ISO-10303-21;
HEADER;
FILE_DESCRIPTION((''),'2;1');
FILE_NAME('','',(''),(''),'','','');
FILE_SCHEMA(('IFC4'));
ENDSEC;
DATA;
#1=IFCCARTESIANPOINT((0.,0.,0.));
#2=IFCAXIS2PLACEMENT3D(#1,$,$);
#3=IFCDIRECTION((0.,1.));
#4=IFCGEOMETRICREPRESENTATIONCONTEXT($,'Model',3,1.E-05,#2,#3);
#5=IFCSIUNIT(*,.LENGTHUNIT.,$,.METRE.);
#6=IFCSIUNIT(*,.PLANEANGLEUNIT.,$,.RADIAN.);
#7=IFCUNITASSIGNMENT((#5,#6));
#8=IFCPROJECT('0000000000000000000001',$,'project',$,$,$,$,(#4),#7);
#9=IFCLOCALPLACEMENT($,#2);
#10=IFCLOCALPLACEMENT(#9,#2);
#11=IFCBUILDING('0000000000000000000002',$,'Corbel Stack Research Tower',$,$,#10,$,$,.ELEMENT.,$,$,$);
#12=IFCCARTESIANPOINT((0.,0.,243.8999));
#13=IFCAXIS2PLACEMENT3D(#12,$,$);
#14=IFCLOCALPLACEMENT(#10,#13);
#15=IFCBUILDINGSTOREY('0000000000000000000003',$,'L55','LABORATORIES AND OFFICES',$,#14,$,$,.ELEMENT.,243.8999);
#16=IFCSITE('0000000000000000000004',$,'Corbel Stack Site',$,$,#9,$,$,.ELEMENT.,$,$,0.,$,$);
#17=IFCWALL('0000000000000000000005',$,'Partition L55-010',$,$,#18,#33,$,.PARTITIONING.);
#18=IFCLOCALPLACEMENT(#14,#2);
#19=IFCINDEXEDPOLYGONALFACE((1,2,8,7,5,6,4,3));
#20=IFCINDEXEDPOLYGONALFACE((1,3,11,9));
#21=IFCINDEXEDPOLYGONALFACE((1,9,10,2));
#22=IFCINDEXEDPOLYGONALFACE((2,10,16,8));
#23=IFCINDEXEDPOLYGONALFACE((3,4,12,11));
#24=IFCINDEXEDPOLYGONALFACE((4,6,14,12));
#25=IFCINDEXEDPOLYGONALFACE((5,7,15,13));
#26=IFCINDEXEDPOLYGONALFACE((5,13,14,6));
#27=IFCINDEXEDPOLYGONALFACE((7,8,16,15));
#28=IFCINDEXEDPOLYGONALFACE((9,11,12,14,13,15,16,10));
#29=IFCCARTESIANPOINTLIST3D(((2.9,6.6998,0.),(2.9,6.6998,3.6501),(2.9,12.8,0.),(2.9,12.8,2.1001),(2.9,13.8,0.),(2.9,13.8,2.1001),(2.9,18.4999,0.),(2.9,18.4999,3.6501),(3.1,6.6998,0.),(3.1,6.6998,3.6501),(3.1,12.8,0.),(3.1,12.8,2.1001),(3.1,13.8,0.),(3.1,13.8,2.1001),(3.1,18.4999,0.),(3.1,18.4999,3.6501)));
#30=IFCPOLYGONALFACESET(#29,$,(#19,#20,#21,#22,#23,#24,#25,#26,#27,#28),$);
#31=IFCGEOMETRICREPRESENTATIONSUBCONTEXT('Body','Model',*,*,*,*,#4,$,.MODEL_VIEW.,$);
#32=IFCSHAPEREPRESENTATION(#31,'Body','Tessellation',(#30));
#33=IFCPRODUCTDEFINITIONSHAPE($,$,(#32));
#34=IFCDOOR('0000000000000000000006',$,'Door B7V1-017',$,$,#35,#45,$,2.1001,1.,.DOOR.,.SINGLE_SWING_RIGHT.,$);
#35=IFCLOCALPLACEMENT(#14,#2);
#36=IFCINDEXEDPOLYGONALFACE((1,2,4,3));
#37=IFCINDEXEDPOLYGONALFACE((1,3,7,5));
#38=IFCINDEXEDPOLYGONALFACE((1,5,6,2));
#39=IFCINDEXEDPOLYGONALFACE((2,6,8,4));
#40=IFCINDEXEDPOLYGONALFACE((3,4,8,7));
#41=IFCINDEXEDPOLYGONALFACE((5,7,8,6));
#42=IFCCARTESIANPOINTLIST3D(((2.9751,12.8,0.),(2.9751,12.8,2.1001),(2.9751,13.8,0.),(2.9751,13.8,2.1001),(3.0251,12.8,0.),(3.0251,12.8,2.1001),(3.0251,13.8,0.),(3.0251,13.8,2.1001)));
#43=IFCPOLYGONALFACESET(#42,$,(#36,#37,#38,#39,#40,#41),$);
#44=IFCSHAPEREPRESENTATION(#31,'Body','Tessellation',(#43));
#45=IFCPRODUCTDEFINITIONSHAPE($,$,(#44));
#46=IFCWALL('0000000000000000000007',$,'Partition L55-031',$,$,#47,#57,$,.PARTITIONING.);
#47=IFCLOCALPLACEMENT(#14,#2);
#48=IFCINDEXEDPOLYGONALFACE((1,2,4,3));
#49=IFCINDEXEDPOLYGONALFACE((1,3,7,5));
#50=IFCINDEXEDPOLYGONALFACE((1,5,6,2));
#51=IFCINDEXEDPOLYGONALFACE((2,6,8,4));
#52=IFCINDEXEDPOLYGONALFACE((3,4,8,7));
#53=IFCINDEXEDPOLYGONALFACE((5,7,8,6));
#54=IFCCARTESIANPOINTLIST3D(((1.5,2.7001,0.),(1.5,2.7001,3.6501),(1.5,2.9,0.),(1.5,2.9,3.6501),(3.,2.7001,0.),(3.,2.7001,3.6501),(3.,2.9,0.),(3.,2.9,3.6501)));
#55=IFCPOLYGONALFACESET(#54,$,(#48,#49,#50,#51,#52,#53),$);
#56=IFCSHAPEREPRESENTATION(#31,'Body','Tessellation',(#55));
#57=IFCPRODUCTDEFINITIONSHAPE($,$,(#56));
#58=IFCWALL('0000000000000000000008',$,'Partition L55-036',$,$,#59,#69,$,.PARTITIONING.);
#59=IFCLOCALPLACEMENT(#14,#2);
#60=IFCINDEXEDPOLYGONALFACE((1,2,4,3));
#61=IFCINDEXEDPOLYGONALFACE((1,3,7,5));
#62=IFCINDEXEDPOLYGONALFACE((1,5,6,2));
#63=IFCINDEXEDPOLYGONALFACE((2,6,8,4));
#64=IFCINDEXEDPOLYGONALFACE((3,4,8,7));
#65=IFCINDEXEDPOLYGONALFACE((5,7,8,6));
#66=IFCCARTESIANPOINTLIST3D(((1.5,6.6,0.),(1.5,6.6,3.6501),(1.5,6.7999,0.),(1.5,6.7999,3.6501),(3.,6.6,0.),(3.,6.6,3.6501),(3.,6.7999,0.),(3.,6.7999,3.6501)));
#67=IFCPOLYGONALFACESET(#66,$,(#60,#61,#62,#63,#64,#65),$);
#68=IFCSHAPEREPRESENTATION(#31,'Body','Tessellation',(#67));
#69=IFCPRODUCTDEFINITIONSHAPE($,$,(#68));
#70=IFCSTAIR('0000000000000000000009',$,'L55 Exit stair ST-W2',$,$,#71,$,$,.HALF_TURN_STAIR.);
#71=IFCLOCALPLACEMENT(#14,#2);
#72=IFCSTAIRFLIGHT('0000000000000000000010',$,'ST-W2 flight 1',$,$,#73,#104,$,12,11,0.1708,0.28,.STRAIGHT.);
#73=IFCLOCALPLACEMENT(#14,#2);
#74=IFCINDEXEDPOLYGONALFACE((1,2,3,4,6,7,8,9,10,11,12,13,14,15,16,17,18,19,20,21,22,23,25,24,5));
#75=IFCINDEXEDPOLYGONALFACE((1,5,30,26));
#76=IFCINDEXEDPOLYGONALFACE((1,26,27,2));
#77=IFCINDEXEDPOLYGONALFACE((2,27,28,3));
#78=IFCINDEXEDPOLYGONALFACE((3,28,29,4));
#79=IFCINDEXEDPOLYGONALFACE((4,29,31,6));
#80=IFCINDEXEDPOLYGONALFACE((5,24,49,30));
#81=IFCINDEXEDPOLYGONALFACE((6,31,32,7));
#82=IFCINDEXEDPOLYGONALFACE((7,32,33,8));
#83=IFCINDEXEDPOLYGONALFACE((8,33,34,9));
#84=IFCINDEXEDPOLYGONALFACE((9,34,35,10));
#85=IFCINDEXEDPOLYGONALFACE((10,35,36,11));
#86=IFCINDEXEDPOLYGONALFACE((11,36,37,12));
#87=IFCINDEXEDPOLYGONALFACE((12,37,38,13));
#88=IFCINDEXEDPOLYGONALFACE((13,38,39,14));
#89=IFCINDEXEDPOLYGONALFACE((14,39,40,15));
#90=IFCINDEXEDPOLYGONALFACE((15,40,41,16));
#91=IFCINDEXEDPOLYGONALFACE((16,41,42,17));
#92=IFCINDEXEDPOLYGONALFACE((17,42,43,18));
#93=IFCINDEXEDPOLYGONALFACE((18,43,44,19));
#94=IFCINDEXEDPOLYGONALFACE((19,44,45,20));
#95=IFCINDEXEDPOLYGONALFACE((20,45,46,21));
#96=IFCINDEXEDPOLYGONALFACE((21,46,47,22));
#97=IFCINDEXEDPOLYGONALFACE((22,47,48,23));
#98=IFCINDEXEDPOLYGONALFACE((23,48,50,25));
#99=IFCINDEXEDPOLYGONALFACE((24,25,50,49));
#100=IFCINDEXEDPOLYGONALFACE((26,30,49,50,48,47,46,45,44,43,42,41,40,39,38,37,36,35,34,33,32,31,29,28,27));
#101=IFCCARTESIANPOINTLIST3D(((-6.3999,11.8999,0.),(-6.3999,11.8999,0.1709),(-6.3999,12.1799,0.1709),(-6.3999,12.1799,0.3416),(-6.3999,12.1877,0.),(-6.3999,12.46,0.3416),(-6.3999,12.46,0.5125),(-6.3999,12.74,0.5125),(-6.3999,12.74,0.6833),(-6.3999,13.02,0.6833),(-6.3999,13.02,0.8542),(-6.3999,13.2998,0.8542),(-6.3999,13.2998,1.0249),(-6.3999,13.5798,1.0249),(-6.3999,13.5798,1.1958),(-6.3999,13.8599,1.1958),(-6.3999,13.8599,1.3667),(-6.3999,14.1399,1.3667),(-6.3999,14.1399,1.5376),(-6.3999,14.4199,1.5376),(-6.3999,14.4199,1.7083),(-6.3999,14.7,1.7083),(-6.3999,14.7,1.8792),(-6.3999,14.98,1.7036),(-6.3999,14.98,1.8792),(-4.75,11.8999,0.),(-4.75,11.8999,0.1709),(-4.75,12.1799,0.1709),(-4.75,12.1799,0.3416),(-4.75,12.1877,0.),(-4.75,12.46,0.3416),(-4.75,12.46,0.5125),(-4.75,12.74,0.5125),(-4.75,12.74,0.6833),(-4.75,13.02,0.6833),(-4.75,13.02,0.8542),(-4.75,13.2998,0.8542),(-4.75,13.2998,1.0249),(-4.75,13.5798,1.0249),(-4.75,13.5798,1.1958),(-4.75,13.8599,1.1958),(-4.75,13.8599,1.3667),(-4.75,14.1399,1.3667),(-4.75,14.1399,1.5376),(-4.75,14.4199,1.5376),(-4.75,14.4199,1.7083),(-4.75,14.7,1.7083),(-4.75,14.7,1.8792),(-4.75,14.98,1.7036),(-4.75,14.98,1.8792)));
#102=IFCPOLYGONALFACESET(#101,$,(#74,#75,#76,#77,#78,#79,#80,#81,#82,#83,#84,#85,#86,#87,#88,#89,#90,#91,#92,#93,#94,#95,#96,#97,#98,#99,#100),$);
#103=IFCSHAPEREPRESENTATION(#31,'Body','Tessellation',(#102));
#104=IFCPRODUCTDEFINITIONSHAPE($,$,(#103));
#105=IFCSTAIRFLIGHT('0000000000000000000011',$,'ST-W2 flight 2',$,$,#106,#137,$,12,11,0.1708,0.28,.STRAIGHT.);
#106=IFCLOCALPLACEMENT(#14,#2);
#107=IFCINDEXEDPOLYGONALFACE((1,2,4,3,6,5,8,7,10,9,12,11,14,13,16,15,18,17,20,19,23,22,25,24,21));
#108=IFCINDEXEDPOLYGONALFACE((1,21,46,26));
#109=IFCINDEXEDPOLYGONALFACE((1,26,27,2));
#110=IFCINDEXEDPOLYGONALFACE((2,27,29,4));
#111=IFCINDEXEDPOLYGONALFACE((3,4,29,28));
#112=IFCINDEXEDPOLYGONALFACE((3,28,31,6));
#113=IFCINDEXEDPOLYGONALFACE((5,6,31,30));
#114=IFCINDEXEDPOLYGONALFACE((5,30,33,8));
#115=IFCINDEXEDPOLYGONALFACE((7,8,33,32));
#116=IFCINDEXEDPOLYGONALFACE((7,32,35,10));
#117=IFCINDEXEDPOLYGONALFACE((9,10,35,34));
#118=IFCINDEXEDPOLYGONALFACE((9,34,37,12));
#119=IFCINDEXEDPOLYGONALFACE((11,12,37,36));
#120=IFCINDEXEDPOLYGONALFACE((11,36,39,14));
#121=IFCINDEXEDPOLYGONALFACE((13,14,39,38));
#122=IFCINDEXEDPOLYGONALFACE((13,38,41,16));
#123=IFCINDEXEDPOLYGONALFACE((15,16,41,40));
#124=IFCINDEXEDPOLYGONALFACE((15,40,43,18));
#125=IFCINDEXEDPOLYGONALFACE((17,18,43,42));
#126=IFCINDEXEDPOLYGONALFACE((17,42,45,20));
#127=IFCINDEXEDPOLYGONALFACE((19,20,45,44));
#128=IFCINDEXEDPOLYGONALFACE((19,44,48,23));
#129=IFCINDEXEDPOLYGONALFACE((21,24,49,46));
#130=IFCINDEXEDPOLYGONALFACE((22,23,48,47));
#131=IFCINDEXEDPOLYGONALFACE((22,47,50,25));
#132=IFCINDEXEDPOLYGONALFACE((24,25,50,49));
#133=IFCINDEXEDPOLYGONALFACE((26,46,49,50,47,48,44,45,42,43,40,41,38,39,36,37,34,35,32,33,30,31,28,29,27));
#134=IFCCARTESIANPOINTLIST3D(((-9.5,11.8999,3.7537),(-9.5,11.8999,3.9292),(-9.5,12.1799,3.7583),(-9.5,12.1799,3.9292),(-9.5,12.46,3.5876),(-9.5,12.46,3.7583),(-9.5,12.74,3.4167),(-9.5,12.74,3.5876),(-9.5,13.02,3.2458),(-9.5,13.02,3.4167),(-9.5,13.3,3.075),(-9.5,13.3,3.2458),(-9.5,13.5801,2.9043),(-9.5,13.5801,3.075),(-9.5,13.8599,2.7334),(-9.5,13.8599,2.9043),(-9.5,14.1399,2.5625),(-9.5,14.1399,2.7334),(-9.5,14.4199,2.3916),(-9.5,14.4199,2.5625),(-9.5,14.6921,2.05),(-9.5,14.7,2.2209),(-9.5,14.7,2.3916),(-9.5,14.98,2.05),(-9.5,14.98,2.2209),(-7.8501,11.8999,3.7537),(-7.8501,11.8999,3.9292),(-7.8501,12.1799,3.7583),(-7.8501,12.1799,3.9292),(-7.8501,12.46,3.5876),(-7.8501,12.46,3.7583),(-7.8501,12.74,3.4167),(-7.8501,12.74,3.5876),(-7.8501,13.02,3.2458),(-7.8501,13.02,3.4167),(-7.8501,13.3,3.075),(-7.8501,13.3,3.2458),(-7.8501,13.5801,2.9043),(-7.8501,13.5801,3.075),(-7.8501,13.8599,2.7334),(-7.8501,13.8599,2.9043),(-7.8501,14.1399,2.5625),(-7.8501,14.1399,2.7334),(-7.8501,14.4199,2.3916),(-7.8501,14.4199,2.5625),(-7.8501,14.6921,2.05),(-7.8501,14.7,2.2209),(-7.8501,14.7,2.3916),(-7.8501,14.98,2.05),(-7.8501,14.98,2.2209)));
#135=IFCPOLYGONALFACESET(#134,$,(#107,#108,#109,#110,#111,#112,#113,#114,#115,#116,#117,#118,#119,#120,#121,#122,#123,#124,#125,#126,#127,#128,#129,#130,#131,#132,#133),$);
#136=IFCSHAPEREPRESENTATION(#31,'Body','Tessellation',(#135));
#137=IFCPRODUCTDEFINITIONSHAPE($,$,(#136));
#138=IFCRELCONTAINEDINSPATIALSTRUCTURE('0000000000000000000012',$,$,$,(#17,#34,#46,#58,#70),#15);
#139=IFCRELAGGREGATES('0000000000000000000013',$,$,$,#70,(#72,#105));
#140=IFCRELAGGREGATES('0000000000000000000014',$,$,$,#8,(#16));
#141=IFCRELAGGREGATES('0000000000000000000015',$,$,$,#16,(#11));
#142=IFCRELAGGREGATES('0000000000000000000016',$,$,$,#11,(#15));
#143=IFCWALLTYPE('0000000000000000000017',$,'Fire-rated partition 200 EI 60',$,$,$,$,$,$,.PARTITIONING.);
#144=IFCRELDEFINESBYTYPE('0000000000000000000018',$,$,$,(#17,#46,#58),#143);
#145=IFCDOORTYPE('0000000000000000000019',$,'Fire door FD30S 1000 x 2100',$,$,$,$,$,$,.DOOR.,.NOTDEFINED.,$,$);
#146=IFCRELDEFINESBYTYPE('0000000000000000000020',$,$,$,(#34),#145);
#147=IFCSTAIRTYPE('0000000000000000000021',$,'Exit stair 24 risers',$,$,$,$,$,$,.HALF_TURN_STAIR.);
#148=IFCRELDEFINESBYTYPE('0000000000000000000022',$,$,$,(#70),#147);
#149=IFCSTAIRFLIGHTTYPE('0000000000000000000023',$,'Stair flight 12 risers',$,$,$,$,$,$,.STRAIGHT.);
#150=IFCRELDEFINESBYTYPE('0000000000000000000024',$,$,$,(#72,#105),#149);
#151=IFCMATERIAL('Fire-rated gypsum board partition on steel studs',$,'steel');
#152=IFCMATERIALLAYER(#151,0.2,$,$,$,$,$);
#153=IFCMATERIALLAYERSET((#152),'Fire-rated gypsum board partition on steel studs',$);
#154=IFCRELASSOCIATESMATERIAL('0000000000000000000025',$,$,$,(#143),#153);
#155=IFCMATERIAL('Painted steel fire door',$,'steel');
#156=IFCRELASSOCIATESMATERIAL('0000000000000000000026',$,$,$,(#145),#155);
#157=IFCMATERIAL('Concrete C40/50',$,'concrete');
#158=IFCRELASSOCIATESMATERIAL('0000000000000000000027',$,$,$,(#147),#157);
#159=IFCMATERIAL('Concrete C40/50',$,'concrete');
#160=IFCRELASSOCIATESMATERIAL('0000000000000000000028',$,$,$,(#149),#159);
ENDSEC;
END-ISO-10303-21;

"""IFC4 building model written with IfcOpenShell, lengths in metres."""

from ifc_helpers import new_model, si_unit, direction, frame, frame_2d, origin, place, context, subcontext, project, spatial, polyline, rectangle, outline, extrude, material, layer, layer_set, type_object, element, fill, aggregate, save


model = new_model("IFC4")

# Units and contexts
model_context = context("Model", 3, precision=1e-05, world=origin(), true_north=direction((0.0, 1.0)))
body_context = subcontext(model_context, "Body", "Model", "MODEL_VIEW")
ifc_project = project(units=[si_unit("LENGTHUNIT", "METRE"), si_unit("PLANEANGLEUNIT", "RADIAN")], contexts=[model_context])

# Site, building, storey
site_placement = place(None, origin())
site = spatial("IfcSite", under=ifc_project, at=site_placement, Name="Corbel Stack Site", CompositionType="ELEMENT", RefElevation=0.0)
building_placement = place(site_placement, origin())
building = spatial("IfcBuilding", under=site, at=building_placement, Name="Corbel Stack Research Tower", CompositionType="ELEMENT")
storey_placement = place(building_placement, frame((0.0, 0.0, 243.8999)))
storey = spatial("IfcBuildingStorey", under=building, at=storey_placement, Name="L55", Description="LABORATORIES AND OFFICES", CompositionType="ELEMENT", Elevation=243.8999)

# Wall, opening, door
ifc_material_1 = material(Name="Fire-rated gypsum board partition on steel studs", Category="steel")
ifc_layer_1 = layer(ifc_material_1, 0.2)
ifc_layer_set_1 = layer_set([ifc_layer_1], Name="Fire-rated gypsum board partition on steel studs")
wall_type_1 = type_object("IfcWallType", Name="Fire-rated partition 200 EI 60", PredefinedType="PARTITIONING", material=ifc_layer_set_1)
wall_1_placement = place(storey_placement, frame((3.0, 6.7, 0.0), z_axis=(0.0, 0.0, 1.0), x_axis=(0.0, 1.0, 0.0)))
wall_1 = element("IfcWall", 1, at=wall_1_placement, inside=storey, type_object=wall_type_1, Name="Partition L55-010", PredefinedType="PARTITIONING", context=body_context, shape_type="SweptSolid", body=[
    extrude(rectangle(XDim=11.8, YDim=0.2, at=frame_2d((5.8999, 0.0))), origin(), (0.0, 0.0, 1.0), 3.6501),
])
opening_1_placement = place(wall_1_placement, frame((6.1001, 0.0, 0.0)))
opening_1 = element("IfcOpeningElement", 2, at=opening_1_placement, cuts=wall_1, PredefinedType="OPENING", context=body_context, shape_type="SweptSolid", body=[
    extrude(rectangle(XDim=1.0, YDim=2.1001, at=frame_2d((0.5, 1.05))), frame((0.0, 0.1099, 0.0), z_axis=(0.0, -1.0, 0.0), x_axis=(1.0, 0.0, 0.0)), (0.0, 0.0, 1.0), 0.22),
])
ifc_material_2 = material(Name="Painted steel fire door", Category="steel")
door_type_1 = type_object("IfcDoorType", Name="Fire door FD30S 1000 x 2100", OperationType="NOTDEFINED", PredefinedType="DOOR", material=ifc_material_2)
door_1_placement = place(opening_1_placement, origin())
door_1 = element("IfcDoor", 3, at=door_1_placement, inside=storey, type_object=door_type_1, Name="Door B7V1-017", OperationType="SINGLE_SWING_RIGHT", OverallHeight=2.1001, OverallWidth=1.0, PredefinedType="DOOR", context=body_context, shape_type="SweptSolid", body=[
    extrude(rectangle(XDim=1.0, YDim=2.1001, at=frame_2d((0.5, 1.05))), frame((0.0, 0.0249, 0.0), z_axis=(0.0, -1.0, 0.0), x_axis=(1.0, 0.0, 0.0)), (0.0, 0.0, 1.0), 0.05),
])
fill(opening_1, door_1)

# Walls
for number, where, z_axis, x_axis, name in (
    (4, (1.5, 2.8, 0.0), (0.0, 0.0, 1.0), (1.0, 0.0, 0.0), "Partition L55-031"),
    (5, (1.5, 6.7, 0.0), (0.0, 0.0, 1.0), (1.0, 0.0, 0.0), "Partition L55-036"),
):
    element("IfcWall", number, at=place(storey_placement, frame(where, z_axis=z_axis, x_axis=x_axis)), inside=storey, type_object=wall_type_1, Name=name, PredefinedType="PARTITIONING", context=body_context, shape_type="SweptSolid", body=[
        extrude(rectangle(XDim=1.5, YDim=0.2, at=frame_2d((0.75, 0.0))), origin(), (0.0, 0.0, 1.0), 3.6501),
    ])

# Stair, stair flights
ifc_material_3 = material(Name="Concrete C40/50", Category="concrete")
stair_type = type_object("IfcStairType", Name="Exit stair 24 risers", PredefinedType="HALF_TURN_STAIR", material=ifc_material_3)
stair_placement = place(storey_placement, origin())
stair = element("IfcStair", 6, at=stair_placement, inside=storey, type_object=stair_type, Name="L55 Exit stair ST-W2", PredefinedType="HALF_TURN_STAIR")
ifc_material_4 = material(Name="Concrete C40/50", Category="concrete")
stair_flight_type = type_object("IfcStairFlightType", Name="Stair flight 12 risers", PredefinedType="STRAIGHT", material=ifc_material_4)
stair_flight_1_placement = place(storey_placement, frame((-5.575, 11.8999, 0.0), z_axis=(0.0, 0.0, 1.0), x_axis=(0.0, 1.0, 0.0)))
stair_flight_1 = element("IfcStairFlight", 7, at=stair_flight_1_placement, type_object=stair_flight_type, Name="ST-W2 flight 1", NumberOfRisers=12, NumberOfTreads=11, PredefinedType="STRAIGHT", RiserHeight=0.1708, TreadLength=0.28, context=body_context, shape_type="SweptSolid", body=[
    extrude(outline(polyline([(0.0, 0.0), (0.0, 0.1709), (0.28, 0.1709), (0.28, 0.3416), (0.5601, 0.3416), (0.5601, 0.5125), (0.8401, 0.5125), (0.8401, 0.6833), (1.1201, 0.6833), (1.1201, 0.8542), (1.3999, 0.8542), (1.3999, 1.0249), (1.6799, 1.0249), (1.6799, 1.1958), (1.96, 1.1958), (1.96, 1.3667), (2.24, 1.3667), (2.24, 1.5376), (2.52, 1.5376), (2.52, 1.7083), (2.8, 1.7083), (2.8, 1.8792), (3.0801, 1.8792), (3.0801, 2.05), (3.0801, 1.7036), (0.2878, 0.0), (0.0, 0.0)])), frame((0.0, 0.825, 0.0), z_axis=(0.0, -1.0, 0.0), x_axis=(1.0, 0.0, 0.0)), (0.0, 0.0, 1.0), 1.6499),
])
stair_flight_2_placement = place(storey_placement, frame((-8.675, 14.98, 2.05), z_axis=(0.0, 0.0, 1.0), x_axis=(0.0, -1.0, 0.0)))
stair_flight_2 = element("IfcStairFlight", 8, at=stair_flight_2_placement, type_object=stair_flight_type, Name="ST-W2 flight 2", NumberOfRisers=12, NumberOfTreads=11, PredefinedType="STRAIGHT", RiserHeight=0.1708, TreadLength=0.28, context=body_context, shape_type="SweptSolid", body=[
    extrude(outline(polyline([(0.0, 0.0), (0.0, 0.1709), (0.28, 0.1709), (0.28, 0.3416), (0.5601, 0.3416), (0.5601, 0.5125), (0.8401, 0.5125), (0.8401, 0.6833), (1.1201, 0.6833), (1.1201, 0.8542), (1.3999, 0.8542), (1.3999, 1.0249), (1.6799, 1.0249), (1.6799, 1.1958), (1.96, 1.1958), (1.96, 1.3667), (2.24, 1.3667), (2.24, 1.5376), (2.52, 1.5376), (2.52, 1.7083), (2.8, 1.7083), (2.8, 1.8792), (3.0801, 1.8792), (3.0801, 2.05), (3.0801, 1.7036), (0.2878, 0.0), (0.0, 0.0)])), frame((0.0, 0.825, 0.0), z_axis=(0.0, -1.0, 0.0), x_axis=(1.0, 0.0, 0.0)), (0.0, 0.0, 1.0), 1.6499),
])
aggregate(stair, [stair_flight_1, stair_flight_2])

save(model, "model.ifc")
